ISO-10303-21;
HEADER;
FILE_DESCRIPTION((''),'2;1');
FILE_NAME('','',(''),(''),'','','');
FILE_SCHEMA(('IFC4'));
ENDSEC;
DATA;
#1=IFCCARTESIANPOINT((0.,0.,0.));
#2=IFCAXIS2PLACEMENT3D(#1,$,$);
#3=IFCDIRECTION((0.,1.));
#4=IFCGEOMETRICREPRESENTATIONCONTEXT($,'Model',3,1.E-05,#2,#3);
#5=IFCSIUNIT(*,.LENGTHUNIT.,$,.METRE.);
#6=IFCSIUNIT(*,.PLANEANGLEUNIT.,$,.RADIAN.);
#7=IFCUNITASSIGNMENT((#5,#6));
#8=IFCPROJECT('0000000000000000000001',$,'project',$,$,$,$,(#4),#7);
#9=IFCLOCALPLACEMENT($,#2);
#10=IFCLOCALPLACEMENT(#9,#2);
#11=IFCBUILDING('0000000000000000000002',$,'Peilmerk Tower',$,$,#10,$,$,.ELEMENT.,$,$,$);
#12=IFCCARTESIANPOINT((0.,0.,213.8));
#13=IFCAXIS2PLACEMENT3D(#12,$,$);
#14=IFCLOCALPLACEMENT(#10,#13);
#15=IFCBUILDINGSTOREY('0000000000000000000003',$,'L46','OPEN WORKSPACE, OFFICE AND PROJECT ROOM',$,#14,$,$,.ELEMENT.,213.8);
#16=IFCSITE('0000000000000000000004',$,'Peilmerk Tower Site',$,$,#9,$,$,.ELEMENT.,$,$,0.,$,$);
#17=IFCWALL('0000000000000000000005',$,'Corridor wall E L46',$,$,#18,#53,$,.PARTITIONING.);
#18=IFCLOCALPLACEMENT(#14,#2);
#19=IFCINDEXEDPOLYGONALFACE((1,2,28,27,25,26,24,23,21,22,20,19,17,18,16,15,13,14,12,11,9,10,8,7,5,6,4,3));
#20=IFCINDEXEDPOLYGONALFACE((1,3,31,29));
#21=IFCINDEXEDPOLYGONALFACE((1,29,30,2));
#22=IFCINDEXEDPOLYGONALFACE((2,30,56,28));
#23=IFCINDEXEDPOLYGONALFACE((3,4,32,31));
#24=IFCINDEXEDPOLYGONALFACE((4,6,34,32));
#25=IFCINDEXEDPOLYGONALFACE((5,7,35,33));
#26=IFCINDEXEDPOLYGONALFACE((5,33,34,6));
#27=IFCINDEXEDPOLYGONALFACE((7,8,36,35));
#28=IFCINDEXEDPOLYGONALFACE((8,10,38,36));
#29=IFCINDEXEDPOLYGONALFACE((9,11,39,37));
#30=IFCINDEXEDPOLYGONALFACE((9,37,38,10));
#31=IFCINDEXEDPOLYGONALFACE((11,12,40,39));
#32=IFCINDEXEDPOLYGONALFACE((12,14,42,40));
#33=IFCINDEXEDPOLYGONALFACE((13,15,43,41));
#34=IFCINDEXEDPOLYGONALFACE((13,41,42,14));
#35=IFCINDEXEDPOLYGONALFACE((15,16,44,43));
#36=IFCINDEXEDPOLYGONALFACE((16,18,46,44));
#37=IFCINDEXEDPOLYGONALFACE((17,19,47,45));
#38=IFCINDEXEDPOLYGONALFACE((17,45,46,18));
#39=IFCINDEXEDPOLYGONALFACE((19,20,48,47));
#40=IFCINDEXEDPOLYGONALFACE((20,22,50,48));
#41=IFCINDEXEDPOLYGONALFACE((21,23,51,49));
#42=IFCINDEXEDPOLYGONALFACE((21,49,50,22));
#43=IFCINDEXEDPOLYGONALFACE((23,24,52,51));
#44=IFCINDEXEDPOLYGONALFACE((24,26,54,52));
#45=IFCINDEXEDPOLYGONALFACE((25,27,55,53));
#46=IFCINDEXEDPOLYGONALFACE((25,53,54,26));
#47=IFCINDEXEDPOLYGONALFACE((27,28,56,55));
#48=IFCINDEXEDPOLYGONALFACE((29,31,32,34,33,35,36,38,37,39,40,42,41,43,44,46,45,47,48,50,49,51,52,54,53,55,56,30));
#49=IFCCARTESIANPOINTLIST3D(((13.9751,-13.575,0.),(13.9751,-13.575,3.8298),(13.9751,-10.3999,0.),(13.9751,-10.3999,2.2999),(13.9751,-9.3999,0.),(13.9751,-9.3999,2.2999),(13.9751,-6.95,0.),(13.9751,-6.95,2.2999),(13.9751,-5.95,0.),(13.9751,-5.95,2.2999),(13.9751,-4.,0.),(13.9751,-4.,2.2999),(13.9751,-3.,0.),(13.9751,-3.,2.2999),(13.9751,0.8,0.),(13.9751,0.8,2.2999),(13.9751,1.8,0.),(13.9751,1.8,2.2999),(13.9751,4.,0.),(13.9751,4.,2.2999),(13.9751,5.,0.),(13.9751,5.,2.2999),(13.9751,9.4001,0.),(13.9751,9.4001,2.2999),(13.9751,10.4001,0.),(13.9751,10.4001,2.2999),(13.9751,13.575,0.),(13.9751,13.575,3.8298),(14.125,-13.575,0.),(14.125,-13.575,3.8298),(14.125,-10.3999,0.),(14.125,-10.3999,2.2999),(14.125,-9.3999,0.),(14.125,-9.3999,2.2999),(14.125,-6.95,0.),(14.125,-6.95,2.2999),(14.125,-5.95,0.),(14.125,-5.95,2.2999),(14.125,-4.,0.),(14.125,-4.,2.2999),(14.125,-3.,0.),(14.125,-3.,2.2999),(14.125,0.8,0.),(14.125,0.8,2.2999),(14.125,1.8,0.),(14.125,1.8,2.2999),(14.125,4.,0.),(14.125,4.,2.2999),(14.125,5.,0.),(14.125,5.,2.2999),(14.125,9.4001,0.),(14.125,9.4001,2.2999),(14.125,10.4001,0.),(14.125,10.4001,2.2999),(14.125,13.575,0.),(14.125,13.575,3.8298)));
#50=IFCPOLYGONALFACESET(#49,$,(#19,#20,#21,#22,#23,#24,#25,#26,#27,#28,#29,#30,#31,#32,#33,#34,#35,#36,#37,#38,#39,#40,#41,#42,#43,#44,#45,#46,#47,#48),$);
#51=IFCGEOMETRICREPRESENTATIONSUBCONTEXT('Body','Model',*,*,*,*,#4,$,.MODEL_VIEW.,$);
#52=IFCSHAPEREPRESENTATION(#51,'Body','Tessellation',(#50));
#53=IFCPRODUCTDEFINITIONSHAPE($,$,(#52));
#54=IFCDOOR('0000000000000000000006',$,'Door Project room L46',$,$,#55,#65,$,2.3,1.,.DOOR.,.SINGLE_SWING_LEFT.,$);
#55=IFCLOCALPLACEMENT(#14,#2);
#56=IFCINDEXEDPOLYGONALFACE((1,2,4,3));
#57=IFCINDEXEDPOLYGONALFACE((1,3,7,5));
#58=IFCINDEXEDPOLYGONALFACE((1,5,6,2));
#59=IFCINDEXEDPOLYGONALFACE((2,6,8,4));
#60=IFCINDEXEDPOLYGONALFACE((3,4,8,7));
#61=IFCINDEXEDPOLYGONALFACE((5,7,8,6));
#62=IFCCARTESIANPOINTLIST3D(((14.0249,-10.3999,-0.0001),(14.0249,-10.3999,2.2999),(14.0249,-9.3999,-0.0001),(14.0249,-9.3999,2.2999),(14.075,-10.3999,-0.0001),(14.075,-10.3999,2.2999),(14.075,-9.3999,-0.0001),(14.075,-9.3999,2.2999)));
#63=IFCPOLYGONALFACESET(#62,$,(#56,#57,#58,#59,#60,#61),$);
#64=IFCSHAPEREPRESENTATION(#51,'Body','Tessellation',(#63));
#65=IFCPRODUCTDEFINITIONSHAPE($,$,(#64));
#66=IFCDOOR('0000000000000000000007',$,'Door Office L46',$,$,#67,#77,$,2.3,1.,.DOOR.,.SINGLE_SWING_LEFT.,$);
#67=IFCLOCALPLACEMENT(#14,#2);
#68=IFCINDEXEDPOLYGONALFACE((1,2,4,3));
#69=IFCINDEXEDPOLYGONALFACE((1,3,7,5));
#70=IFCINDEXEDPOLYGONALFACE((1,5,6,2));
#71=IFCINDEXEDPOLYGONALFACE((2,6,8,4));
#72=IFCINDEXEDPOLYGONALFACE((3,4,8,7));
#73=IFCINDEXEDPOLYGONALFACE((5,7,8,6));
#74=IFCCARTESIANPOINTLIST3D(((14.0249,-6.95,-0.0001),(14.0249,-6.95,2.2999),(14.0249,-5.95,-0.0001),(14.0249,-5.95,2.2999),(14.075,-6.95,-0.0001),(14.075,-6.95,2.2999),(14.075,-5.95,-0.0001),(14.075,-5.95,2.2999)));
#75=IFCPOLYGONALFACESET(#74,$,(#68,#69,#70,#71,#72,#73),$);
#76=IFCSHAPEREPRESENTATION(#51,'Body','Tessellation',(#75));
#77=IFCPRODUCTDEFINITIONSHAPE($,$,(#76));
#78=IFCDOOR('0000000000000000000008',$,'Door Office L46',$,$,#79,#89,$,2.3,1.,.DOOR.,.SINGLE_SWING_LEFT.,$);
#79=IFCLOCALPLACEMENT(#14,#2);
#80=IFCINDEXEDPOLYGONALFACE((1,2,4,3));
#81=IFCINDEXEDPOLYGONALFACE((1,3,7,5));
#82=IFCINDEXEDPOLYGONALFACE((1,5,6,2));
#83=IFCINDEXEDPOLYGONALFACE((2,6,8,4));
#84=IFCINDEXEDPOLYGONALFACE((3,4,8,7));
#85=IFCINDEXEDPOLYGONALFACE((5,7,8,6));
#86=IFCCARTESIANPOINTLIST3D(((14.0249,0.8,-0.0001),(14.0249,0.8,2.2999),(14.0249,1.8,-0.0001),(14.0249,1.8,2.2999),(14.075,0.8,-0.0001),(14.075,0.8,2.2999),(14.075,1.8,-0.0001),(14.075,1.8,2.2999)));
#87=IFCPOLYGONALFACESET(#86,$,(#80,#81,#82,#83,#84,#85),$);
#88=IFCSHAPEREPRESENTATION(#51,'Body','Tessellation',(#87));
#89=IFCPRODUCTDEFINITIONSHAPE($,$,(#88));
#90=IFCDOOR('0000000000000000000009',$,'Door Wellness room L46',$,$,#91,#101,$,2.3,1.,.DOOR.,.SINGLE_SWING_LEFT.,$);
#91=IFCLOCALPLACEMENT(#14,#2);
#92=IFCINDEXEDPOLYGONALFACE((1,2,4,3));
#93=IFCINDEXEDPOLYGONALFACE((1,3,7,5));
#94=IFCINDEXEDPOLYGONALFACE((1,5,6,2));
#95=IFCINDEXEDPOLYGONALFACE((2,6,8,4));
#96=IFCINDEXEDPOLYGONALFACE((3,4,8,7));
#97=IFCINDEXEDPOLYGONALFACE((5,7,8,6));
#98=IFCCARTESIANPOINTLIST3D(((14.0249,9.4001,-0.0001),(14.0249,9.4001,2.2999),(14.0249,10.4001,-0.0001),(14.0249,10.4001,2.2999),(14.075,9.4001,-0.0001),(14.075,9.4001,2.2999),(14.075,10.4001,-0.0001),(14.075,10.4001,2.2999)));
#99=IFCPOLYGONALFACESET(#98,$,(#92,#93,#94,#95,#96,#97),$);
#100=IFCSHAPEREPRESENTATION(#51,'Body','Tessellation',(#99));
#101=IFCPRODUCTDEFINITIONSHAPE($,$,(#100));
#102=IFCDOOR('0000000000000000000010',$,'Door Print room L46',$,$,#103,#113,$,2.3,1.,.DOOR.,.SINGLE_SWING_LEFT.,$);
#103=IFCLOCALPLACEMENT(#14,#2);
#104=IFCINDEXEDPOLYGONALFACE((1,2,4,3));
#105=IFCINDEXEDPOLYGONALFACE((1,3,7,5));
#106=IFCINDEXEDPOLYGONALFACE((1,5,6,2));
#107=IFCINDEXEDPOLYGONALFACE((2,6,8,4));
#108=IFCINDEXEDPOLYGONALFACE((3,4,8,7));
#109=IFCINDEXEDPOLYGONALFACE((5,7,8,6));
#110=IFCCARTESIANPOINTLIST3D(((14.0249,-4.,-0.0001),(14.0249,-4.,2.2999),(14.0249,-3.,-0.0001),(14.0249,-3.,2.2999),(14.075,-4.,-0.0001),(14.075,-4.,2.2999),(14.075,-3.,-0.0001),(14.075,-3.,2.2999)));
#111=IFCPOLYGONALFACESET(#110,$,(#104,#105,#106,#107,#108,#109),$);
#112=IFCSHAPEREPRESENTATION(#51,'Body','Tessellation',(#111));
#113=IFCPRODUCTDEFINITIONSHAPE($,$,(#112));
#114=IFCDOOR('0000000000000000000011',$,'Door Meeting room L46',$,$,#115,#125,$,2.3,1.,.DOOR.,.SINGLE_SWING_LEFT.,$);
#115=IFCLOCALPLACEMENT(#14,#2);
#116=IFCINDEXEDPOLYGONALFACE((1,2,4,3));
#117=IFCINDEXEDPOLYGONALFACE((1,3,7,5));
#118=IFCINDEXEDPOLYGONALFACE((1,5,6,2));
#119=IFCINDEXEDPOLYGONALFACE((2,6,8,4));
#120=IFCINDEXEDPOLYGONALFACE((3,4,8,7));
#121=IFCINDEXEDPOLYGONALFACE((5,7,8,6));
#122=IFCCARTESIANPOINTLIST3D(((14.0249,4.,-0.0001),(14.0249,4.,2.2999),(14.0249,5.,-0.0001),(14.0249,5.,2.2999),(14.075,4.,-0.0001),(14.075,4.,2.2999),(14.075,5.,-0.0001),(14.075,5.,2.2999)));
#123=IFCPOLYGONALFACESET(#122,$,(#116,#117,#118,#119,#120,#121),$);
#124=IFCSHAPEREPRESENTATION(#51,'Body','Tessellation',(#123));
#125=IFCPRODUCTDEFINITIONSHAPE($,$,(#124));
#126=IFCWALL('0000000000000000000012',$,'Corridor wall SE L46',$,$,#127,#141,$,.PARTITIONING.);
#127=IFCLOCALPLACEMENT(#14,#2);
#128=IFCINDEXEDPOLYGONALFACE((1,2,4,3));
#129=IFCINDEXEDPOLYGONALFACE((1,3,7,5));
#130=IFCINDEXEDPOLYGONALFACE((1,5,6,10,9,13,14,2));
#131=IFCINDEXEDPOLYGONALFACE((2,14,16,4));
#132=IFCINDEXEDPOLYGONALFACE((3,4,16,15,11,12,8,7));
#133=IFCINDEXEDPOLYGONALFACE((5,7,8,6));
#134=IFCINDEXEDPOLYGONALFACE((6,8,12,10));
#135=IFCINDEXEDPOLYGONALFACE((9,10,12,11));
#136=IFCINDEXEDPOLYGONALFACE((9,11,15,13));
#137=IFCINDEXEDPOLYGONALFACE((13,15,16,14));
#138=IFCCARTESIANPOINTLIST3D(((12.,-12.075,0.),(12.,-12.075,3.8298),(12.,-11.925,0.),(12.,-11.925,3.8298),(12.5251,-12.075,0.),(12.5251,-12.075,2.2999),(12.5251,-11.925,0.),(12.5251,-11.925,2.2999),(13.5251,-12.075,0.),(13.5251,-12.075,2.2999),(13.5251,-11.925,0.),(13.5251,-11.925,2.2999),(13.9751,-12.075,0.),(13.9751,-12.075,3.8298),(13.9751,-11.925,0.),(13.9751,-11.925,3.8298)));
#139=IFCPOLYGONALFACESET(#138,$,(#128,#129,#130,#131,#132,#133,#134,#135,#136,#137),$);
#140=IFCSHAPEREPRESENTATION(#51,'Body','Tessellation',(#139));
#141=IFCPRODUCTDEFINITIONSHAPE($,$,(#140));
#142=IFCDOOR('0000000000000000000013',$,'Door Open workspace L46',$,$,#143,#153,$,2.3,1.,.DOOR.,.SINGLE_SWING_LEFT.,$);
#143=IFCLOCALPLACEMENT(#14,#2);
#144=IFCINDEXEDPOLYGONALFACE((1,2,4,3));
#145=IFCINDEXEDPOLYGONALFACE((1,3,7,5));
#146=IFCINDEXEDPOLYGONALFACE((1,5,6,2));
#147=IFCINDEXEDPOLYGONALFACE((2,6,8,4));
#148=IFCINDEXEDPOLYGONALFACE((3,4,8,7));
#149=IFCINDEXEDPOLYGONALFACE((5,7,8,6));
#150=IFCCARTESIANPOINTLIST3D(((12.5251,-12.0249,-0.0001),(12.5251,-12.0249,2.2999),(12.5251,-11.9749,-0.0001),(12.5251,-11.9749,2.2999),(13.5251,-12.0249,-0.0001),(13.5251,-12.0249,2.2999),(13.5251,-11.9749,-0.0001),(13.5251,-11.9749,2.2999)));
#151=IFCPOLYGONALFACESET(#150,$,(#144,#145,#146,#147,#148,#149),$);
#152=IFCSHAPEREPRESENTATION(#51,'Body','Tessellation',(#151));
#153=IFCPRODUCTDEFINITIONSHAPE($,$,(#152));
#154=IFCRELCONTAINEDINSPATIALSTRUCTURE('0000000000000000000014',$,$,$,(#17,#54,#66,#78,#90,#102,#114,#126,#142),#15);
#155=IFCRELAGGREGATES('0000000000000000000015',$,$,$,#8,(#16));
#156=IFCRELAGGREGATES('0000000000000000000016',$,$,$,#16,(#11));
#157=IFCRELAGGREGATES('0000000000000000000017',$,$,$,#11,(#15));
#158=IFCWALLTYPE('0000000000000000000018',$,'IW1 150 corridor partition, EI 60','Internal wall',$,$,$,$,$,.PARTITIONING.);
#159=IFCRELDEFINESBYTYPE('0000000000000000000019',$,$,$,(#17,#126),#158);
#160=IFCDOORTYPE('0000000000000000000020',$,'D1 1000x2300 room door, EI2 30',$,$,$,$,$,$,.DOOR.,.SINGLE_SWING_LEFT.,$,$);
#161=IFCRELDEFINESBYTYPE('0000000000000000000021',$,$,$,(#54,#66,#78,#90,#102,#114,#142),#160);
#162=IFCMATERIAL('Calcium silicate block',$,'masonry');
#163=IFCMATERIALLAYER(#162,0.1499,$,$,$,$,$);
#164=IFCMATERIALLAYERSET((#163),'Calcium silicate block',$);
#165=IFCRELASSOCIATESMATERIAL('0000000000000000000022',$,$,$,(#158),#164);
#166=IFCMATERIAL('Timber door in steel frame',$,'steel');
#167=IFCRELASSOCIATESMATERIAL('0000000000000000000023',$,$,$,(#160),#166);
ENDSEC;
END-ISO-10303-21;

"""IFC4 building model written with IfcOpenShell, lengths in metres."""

from ifc_helpers import new_model, si_unit, direction, frame, frame_2d, origin, place, context, subcontext, project, spatial, rectangle, extrude, material, layer, layer_set, type_object, element, fill, save


model = new_model("IFC4")

# Units and contexts
model_context = context("Model", 3, precision=1e-05, world=origin(), true_north=direction((0.0, 1.0)))
body_context = subcontext(model_context, "Body", "Model", "MODEL_VIEW")
ifc_project = project(units=[si_unit("LENGTHUNIT", "METRE"), si_unit("PLANEANGLEUNIT", "RADIAN")], contexts=[model_context])

# Site, building, storey
site_placement = place(None, origin())
site = spatial("IfcSite", under=ifc_project, at=site_placement, Name="Peilmerk Tower Site", CompositionType="ELEMENT", RefElevation=0.0)
building_placement = place(site_placement, origin())
building = spatial("IfcBuilding", under=site, at=building_placement, Name="Peilmerk Tower", CompositionType="ELEMENT")
storey_placement = place(building_placement, frame((0.0, 0.0, 213.8)))
storey = spatial("IfcBuildingStorey", under=building, at=storey_placement, Name="L46", Description="OPEN WORKSPACE, OFFICE AND PROJECT ROOM", CompositionType="ELEMENT", Elevation=213.8)

# Wall, openings, doors
ifc_material_1 = material(Name="Calcium silicate block", Category="masonry")
ifc_layer_1 = layer(ifc_material_1, 0.1499)
ifc_layer_set_1 = layer_set([ifc_layer_1], Name="Calcium silicate block")
wall_type_1 = type_object("IfcWallType", Name="IW1 150 corridor partition, EI 60", Description="Internal wall", PredefinedType="PARTITIONING", material=ifc_layer_set_1)
wall_1_placement = place(storey_placement, frame((14.05, -13.575, 0.0), z_axis=(0.0, 0.0, 1.0), x_axis=(0.0, 1.0, 0.0)))
wall_1 = element("IfcWall", 1, at=wall_1_placement, inside=storey, type_object=wall_type_1, Name="Corridor wall E L46", PredefinedType="PARTITIONING", context=body_context, shape_type="SweptSolid", body=[
    extrude(rectangle(XDim=27.1499, YDim=0.1499, at=frame_2d((13.575, 0.0))), origin(), (0.0, 0.0, 1.0), 3.8298),
])
opening_1_placement = place(wall_1_placement, frame((3.175, 0.0, 0.0)))
opening_1 = element("IfcOpeningElement", 2, at=opening_1_placement, cuts=wall_1, PredefinedType="OPENING", context=body_context, shape_type="SweptSolid", body=[
    extrude(rectangle(XDim=1.0, YDim=2.3, at=frame_2d((0.5, 1.1499))), frame((0.0, 0.085, 0.0), z_axis=(0.0, -1.0, 0.0), x_axis=(1.0, 0.0, 0.0)), (0.0, 0.0, 1.0), 0.1699),
])
opening_2_placement = place(wall_1_placement, frame((6.625, 0.0, 0.0)))
opening_2 = element("IfcOpeningElement", 3, at=opening_2_placement, cuts=wall_1, PredefinedType="OPENING", context=body_context, shape_type="SweptSolid", body=[
    extrude(rectangle(XDim=1.0, YDim=2.3, at=frame_2d((0.5, 1.1499))), frame((0.0, 0.085, 0.0), z_axis=(0.0, -1.0, 0.0), x_axis=(1.0, 0.0, 0.0)), (0.0, 0.0, 1.0), 0.1699),
])
opening_3_placement = place(wall_1_placement, frame((14.375, 0.0, 0.0)))
opening_3 = element("IfcOpeningElement", 4, at=opening_3_placement, cuts=wall_1, PredefinedType="OPENING", context=body_context, shape_type="SweptSolid", body=[
    extrude(rectangle(XDim=1.0, YDim=2.3, at=frame_2d((0.5, 1.1499))), frame((0.0, 0.085, 0.0), z_axis=(0.0, -1.0, 0.0), x_axis=(1.0, 0.0, 0.0)), (0.0, 0.0, 1.0), 0.1699),
])
opening_4_placement = place(wall_1_placement, frame((22.9751, 0.0, 0.0)))
opening_4 = element("IfcOpeningElement", 5, at=opening_4_placement, cuts=wall_1, PredefinedType="OPENING", context=body_context, shape_type="SweptSolid", body=[
    extrude(rectangle(XDim=1.0, YDim=2.3, at=frame_2d((0.5, 1.1499))), frame((0.0, 0.085, 0.0), z_axis=(0.0, -1.0, 0.0), x_axis=(1.0, 0.0, 0.0)), (0.0, 0.0, 1.0), 0.1699),
])
opening_5_placement = place(wall_1_placement, frame((9.575, 0.0, 0.0)))
opening_5 = element("IfcOpeningElement", 6, at=opening_5_placement, cuts=wall_1, PredefinedType="OPENING", context=body_context, shape_type="SweptSolid", body=[
    extrude(rectangle(XDim=1.0, YDim=2.3, at=frame_2d((0.5, 1.1499))), frame((0.0, 0.085, 0.0), z_axis=(0.0, -1.0, 0.0), x_axis=(1.0, 0.0, 0.0)), (0.0, 0.0, 1.0), 0.1699),
])
opening_6_placement = place(wall_1_placement, frame((17.575, 0.0, 0.0)))
opening_6 = element("IfcOpeningElement", 7, at=opening_6_placement, cuts=wall_1, PredefinedType="OPENING", context=body_context, shape_type="SweptSolid", body=[
    extrude(rectangle(XDim=1.0, YDim=2.3, at=frame_2d((0.5, 1.1499))), frame((0.0, 0.085, 0.0), z_axis=(0.0, -1.0, 0.0), x_axis=(1.0, 0.0, 0.0)), (0.0, 0.0, 1.0), 0.1699),
])
ifc_material_2 = material(Name="Timber door in steel frame", Category="steel")
door_type_1 = type_object("IfcDoorType", Name="D1 1000x2300 room door, EI2 30", OperationType="SINGLE_SWING_LEFT", PredefinedType="DOOR", material=ifc_material_2)
door_1_placement = place(opening_1_placement, frame((1.0, 0.0, 0.0), z_axis=(0.0, 0.0, 1.0), x_axis=(-1.0, 0.0, 0.0)))
door_1 = element("IfcDoor", 8, at=door_1_placement, inside=storey, type_object=door_type_1, Name="Door Project room L46", OperationType="SINGLE_SWING_LEFT", OverallHeight=2.3, OverallWidth=1.0, PredefinedType="DOOR", context=body_context, shape_type="SweptSolid", body=[
    extrude(rectangle(XDim=1.0, YDim=2.3, at=frame_2d((0.5, 1.1499))), frame((0.0, 0.0249, 0.0), z_axis=(0.0, -1.0, 0.0), x_axis=(1.0, 0.0, 0.0)), (0.0, 0.0, 1.0), 0.05),
])
fill(opening_1, door_1)
door_2_placement = place(opening_2_placement, frame((1.0, 0.0, 0.0), z_axis=(0.0, 0.0, 1.0), x_axis=(-1.0, 0.0, 0.0)))
door_2 = element("IfcDoor", 9, at=door_2_placement, inside=storey, type_object=door_type_1, Name="Door Office L46", OperationType="SINGLE_SWING_LEFT", OverallHeight=2.3, OverallWidth=1.0, PredefinedType="DOOR", context=body_context, shape_type="SweptSolid", body=[
    extrude(rectangle(XDim=1.0, YDim=2.3, at=frame_2d((0.5, 1.1499))), frame((0.0, 0.0249, 0.0), z_axis=(0.0, -1.0, 0.0), x_axis=(1.0, 0.0, 0.0)), (0.0, 0.0, 1.0), 0.05),
])
fill(opening_2, door_2)
door_3_placement = place(opening_3_placement, frame((1.0, 0.0, 0.0), z_axis=(0.0, 0.0, 1.0), x_axis=(-1.0, 0.0, 0.0)))
door_3 = element("IfcDoor", 10, at=door_3_placement, inside=storey, type_object=door_type_1, Name="Door Office L46", OperationType="SINGLE_SWING_LEFT", OverallHeight=2.3, OverallWidth=1.0, PredefinedType="DOOR", context=body_context, shape_type="SweptSolid", body=[
    extrude(rectangle(XDim=1.0, YDim=2.3, at=frame_2d((0.5, 1.1499))), frame((0.0, 0.0249, 0.0), z_axis=(0.0, -1.0, 0.0), x_axis=(1.0, 0.0, 0.0)), (0.0, 0.0, 1.0), 0.05),
])
fill(opening_3, door_3)
door_4_placement = place(opening_4_placement, frame((1.0, 0.0, 0.0), z_axis=(0.0, 0.0, 1.0), x_axis=(-1.0, 0.0, 0.0)))
door_4 = element("IfcDoor", 11, at=door_4_placement, inside=storey, type_object=door_type_1, Name="Door Wellness room L46", OperationType="SINGLE_SWING_LEFT", OverallHeight=2.3, OverallWidth=1.0, PredefinedType="DOOR", context=body_context, shape_type="SweptSolid", body=[
    extrude(rectangle(XDim=1.0, YDim=2.3, at=frame_2d((0.5, 1.1499))), frame((0.0, 0.0249, 0.0), z_axis=(0.0, -1.0, 0.0), x_axis=(1.0, 0.0, 0.0)), (0.0, 0.0, 1.0), 0.05),
])
fill(opening_4, door_4)
door_5_placement = place(opening_5_placement, frame((1.0, 0.0, 0.0), z_axis=(0.0, 0.0, 1.0), x_axis=(-1.0, 0.0, 0.0)))
door_5 = element("IfcDoor", 12, at=door_5_placement, inside=storey, type_object=door_type_1, Name="Door Print room L46", OperationType="SINGLE_SWING_LEFT", OverallHeight=2.3, OverallWidth=1.0, PredefinedType="DOOR", context=body_context, shape_type="SweptSolid", body=[
    extrude(rectangle(XDim=1.0, YDim=2.3, at=frame_2d((0.5, 1.1499))), frame((0.0, 0.0249, 0.0), z_axis=(0.0, -1.0, 0.0), x_axis=(1.0, 0.0, 0.0)), (0.0, 0.0, 1.0), 0.05),
])
fill(opening_5, door_5)
door_6_placement = place(opening_6_placement, frame((1.0, 0.0, 0.0), z_axis=(0.0, 0.0, 1.0), x_axis=(-1.0, 0.0, 0.0)))
door_6 = element("IfcDoor", 13, at=door_6_placement, inside=storey, type_object=door_type_1, Name="Door Meeting room L46", OperationType="SINGLE_SWING_LEFT", OverallHeight=2.3, OverallWidth=1.0, PredefinedType="DOOR", context=body_context, shape_type="SweptSolid", body=[
    extrude(rectangle(XDim=1.0, YDim=2.3, at=frame_2d((0.5, 1.1499))), frame((0.0, 0.0249, 0.0), z_axis=(0.0, -1.0, 0.0), x_axis=(1.0, 0.0, 0.0)), (0.0, 0.0, 1.0), 0.05),
])
fill(opening_6, door_6)

# Wall, opening, door
wall_2_placement = place(storey_placement, frame((13.9751, -12.0, 0.0), z_axis=(0.0, 0.0, 1.0), x_axis=(-1.0, 0.0, 0.0)))
wall_2 = element("IfcWall", 14, at=wall_2_placement, inside=storey, type_object=wall_type_1, Name="Corridor wall SE L46", PredefinedType="PARTITIONING", context=body_context, shape_type="SweptSolid", body=[
    extrude(rectangle(XDim=1.9751, YDim=0.1499, at=frame_2d((0.9875, 0.0))), origin(), (0.0, 0.0, 1.0), 3.8298),
])
opening_7_placement = place(wall_2_placement, frame((0.45, 0.0, 0.0)))
opening_7 = element("IfcOpeningElement", 15, at=opening_7_placement, cuts=wall_2, PredefinedType="OPENING", context=body_context, shape_type="SweptSolid", body=[
    extrude(rectangle(XDim=1.0, YDim=2.3, at=frame_2d((0.5, 1.1499))), frame((0.0, 0.085, 0.0), z_axis=(0.0, -1.0, 0.0), x_axis=(1.0, 0.0, 0.0)), (0.0, 0.0, 1.0), 0.1699),
])
door_7_placement = place(opening_7_placement, origin())
door_7 = element("IfcDoor", 16, at=door_7_placement, inside=storey, type_object=door_type_1, Name="Door Open workspace L46", OperationType="SINGLE_SWING_LEFT", OverallHeight=2.3, OverallWidth=1.0, PredefinedType="DOOR", context=body_context, shape_type="SweptSolid", body=[
    extrude(rectangle(XDim=1.0, YDim=2.3, at=frame_2d((0.5, 1.1499))), frame((0.0, 0.0249, 0.0), z_axis=(0.0, -1.0, 0.0), x_axis=(1.0, 0.0, 0.0)), (0.0, 0.0, 1.0), 0.05),
])
fill(opening_7, door_7)

save(model, "model.ifc")
